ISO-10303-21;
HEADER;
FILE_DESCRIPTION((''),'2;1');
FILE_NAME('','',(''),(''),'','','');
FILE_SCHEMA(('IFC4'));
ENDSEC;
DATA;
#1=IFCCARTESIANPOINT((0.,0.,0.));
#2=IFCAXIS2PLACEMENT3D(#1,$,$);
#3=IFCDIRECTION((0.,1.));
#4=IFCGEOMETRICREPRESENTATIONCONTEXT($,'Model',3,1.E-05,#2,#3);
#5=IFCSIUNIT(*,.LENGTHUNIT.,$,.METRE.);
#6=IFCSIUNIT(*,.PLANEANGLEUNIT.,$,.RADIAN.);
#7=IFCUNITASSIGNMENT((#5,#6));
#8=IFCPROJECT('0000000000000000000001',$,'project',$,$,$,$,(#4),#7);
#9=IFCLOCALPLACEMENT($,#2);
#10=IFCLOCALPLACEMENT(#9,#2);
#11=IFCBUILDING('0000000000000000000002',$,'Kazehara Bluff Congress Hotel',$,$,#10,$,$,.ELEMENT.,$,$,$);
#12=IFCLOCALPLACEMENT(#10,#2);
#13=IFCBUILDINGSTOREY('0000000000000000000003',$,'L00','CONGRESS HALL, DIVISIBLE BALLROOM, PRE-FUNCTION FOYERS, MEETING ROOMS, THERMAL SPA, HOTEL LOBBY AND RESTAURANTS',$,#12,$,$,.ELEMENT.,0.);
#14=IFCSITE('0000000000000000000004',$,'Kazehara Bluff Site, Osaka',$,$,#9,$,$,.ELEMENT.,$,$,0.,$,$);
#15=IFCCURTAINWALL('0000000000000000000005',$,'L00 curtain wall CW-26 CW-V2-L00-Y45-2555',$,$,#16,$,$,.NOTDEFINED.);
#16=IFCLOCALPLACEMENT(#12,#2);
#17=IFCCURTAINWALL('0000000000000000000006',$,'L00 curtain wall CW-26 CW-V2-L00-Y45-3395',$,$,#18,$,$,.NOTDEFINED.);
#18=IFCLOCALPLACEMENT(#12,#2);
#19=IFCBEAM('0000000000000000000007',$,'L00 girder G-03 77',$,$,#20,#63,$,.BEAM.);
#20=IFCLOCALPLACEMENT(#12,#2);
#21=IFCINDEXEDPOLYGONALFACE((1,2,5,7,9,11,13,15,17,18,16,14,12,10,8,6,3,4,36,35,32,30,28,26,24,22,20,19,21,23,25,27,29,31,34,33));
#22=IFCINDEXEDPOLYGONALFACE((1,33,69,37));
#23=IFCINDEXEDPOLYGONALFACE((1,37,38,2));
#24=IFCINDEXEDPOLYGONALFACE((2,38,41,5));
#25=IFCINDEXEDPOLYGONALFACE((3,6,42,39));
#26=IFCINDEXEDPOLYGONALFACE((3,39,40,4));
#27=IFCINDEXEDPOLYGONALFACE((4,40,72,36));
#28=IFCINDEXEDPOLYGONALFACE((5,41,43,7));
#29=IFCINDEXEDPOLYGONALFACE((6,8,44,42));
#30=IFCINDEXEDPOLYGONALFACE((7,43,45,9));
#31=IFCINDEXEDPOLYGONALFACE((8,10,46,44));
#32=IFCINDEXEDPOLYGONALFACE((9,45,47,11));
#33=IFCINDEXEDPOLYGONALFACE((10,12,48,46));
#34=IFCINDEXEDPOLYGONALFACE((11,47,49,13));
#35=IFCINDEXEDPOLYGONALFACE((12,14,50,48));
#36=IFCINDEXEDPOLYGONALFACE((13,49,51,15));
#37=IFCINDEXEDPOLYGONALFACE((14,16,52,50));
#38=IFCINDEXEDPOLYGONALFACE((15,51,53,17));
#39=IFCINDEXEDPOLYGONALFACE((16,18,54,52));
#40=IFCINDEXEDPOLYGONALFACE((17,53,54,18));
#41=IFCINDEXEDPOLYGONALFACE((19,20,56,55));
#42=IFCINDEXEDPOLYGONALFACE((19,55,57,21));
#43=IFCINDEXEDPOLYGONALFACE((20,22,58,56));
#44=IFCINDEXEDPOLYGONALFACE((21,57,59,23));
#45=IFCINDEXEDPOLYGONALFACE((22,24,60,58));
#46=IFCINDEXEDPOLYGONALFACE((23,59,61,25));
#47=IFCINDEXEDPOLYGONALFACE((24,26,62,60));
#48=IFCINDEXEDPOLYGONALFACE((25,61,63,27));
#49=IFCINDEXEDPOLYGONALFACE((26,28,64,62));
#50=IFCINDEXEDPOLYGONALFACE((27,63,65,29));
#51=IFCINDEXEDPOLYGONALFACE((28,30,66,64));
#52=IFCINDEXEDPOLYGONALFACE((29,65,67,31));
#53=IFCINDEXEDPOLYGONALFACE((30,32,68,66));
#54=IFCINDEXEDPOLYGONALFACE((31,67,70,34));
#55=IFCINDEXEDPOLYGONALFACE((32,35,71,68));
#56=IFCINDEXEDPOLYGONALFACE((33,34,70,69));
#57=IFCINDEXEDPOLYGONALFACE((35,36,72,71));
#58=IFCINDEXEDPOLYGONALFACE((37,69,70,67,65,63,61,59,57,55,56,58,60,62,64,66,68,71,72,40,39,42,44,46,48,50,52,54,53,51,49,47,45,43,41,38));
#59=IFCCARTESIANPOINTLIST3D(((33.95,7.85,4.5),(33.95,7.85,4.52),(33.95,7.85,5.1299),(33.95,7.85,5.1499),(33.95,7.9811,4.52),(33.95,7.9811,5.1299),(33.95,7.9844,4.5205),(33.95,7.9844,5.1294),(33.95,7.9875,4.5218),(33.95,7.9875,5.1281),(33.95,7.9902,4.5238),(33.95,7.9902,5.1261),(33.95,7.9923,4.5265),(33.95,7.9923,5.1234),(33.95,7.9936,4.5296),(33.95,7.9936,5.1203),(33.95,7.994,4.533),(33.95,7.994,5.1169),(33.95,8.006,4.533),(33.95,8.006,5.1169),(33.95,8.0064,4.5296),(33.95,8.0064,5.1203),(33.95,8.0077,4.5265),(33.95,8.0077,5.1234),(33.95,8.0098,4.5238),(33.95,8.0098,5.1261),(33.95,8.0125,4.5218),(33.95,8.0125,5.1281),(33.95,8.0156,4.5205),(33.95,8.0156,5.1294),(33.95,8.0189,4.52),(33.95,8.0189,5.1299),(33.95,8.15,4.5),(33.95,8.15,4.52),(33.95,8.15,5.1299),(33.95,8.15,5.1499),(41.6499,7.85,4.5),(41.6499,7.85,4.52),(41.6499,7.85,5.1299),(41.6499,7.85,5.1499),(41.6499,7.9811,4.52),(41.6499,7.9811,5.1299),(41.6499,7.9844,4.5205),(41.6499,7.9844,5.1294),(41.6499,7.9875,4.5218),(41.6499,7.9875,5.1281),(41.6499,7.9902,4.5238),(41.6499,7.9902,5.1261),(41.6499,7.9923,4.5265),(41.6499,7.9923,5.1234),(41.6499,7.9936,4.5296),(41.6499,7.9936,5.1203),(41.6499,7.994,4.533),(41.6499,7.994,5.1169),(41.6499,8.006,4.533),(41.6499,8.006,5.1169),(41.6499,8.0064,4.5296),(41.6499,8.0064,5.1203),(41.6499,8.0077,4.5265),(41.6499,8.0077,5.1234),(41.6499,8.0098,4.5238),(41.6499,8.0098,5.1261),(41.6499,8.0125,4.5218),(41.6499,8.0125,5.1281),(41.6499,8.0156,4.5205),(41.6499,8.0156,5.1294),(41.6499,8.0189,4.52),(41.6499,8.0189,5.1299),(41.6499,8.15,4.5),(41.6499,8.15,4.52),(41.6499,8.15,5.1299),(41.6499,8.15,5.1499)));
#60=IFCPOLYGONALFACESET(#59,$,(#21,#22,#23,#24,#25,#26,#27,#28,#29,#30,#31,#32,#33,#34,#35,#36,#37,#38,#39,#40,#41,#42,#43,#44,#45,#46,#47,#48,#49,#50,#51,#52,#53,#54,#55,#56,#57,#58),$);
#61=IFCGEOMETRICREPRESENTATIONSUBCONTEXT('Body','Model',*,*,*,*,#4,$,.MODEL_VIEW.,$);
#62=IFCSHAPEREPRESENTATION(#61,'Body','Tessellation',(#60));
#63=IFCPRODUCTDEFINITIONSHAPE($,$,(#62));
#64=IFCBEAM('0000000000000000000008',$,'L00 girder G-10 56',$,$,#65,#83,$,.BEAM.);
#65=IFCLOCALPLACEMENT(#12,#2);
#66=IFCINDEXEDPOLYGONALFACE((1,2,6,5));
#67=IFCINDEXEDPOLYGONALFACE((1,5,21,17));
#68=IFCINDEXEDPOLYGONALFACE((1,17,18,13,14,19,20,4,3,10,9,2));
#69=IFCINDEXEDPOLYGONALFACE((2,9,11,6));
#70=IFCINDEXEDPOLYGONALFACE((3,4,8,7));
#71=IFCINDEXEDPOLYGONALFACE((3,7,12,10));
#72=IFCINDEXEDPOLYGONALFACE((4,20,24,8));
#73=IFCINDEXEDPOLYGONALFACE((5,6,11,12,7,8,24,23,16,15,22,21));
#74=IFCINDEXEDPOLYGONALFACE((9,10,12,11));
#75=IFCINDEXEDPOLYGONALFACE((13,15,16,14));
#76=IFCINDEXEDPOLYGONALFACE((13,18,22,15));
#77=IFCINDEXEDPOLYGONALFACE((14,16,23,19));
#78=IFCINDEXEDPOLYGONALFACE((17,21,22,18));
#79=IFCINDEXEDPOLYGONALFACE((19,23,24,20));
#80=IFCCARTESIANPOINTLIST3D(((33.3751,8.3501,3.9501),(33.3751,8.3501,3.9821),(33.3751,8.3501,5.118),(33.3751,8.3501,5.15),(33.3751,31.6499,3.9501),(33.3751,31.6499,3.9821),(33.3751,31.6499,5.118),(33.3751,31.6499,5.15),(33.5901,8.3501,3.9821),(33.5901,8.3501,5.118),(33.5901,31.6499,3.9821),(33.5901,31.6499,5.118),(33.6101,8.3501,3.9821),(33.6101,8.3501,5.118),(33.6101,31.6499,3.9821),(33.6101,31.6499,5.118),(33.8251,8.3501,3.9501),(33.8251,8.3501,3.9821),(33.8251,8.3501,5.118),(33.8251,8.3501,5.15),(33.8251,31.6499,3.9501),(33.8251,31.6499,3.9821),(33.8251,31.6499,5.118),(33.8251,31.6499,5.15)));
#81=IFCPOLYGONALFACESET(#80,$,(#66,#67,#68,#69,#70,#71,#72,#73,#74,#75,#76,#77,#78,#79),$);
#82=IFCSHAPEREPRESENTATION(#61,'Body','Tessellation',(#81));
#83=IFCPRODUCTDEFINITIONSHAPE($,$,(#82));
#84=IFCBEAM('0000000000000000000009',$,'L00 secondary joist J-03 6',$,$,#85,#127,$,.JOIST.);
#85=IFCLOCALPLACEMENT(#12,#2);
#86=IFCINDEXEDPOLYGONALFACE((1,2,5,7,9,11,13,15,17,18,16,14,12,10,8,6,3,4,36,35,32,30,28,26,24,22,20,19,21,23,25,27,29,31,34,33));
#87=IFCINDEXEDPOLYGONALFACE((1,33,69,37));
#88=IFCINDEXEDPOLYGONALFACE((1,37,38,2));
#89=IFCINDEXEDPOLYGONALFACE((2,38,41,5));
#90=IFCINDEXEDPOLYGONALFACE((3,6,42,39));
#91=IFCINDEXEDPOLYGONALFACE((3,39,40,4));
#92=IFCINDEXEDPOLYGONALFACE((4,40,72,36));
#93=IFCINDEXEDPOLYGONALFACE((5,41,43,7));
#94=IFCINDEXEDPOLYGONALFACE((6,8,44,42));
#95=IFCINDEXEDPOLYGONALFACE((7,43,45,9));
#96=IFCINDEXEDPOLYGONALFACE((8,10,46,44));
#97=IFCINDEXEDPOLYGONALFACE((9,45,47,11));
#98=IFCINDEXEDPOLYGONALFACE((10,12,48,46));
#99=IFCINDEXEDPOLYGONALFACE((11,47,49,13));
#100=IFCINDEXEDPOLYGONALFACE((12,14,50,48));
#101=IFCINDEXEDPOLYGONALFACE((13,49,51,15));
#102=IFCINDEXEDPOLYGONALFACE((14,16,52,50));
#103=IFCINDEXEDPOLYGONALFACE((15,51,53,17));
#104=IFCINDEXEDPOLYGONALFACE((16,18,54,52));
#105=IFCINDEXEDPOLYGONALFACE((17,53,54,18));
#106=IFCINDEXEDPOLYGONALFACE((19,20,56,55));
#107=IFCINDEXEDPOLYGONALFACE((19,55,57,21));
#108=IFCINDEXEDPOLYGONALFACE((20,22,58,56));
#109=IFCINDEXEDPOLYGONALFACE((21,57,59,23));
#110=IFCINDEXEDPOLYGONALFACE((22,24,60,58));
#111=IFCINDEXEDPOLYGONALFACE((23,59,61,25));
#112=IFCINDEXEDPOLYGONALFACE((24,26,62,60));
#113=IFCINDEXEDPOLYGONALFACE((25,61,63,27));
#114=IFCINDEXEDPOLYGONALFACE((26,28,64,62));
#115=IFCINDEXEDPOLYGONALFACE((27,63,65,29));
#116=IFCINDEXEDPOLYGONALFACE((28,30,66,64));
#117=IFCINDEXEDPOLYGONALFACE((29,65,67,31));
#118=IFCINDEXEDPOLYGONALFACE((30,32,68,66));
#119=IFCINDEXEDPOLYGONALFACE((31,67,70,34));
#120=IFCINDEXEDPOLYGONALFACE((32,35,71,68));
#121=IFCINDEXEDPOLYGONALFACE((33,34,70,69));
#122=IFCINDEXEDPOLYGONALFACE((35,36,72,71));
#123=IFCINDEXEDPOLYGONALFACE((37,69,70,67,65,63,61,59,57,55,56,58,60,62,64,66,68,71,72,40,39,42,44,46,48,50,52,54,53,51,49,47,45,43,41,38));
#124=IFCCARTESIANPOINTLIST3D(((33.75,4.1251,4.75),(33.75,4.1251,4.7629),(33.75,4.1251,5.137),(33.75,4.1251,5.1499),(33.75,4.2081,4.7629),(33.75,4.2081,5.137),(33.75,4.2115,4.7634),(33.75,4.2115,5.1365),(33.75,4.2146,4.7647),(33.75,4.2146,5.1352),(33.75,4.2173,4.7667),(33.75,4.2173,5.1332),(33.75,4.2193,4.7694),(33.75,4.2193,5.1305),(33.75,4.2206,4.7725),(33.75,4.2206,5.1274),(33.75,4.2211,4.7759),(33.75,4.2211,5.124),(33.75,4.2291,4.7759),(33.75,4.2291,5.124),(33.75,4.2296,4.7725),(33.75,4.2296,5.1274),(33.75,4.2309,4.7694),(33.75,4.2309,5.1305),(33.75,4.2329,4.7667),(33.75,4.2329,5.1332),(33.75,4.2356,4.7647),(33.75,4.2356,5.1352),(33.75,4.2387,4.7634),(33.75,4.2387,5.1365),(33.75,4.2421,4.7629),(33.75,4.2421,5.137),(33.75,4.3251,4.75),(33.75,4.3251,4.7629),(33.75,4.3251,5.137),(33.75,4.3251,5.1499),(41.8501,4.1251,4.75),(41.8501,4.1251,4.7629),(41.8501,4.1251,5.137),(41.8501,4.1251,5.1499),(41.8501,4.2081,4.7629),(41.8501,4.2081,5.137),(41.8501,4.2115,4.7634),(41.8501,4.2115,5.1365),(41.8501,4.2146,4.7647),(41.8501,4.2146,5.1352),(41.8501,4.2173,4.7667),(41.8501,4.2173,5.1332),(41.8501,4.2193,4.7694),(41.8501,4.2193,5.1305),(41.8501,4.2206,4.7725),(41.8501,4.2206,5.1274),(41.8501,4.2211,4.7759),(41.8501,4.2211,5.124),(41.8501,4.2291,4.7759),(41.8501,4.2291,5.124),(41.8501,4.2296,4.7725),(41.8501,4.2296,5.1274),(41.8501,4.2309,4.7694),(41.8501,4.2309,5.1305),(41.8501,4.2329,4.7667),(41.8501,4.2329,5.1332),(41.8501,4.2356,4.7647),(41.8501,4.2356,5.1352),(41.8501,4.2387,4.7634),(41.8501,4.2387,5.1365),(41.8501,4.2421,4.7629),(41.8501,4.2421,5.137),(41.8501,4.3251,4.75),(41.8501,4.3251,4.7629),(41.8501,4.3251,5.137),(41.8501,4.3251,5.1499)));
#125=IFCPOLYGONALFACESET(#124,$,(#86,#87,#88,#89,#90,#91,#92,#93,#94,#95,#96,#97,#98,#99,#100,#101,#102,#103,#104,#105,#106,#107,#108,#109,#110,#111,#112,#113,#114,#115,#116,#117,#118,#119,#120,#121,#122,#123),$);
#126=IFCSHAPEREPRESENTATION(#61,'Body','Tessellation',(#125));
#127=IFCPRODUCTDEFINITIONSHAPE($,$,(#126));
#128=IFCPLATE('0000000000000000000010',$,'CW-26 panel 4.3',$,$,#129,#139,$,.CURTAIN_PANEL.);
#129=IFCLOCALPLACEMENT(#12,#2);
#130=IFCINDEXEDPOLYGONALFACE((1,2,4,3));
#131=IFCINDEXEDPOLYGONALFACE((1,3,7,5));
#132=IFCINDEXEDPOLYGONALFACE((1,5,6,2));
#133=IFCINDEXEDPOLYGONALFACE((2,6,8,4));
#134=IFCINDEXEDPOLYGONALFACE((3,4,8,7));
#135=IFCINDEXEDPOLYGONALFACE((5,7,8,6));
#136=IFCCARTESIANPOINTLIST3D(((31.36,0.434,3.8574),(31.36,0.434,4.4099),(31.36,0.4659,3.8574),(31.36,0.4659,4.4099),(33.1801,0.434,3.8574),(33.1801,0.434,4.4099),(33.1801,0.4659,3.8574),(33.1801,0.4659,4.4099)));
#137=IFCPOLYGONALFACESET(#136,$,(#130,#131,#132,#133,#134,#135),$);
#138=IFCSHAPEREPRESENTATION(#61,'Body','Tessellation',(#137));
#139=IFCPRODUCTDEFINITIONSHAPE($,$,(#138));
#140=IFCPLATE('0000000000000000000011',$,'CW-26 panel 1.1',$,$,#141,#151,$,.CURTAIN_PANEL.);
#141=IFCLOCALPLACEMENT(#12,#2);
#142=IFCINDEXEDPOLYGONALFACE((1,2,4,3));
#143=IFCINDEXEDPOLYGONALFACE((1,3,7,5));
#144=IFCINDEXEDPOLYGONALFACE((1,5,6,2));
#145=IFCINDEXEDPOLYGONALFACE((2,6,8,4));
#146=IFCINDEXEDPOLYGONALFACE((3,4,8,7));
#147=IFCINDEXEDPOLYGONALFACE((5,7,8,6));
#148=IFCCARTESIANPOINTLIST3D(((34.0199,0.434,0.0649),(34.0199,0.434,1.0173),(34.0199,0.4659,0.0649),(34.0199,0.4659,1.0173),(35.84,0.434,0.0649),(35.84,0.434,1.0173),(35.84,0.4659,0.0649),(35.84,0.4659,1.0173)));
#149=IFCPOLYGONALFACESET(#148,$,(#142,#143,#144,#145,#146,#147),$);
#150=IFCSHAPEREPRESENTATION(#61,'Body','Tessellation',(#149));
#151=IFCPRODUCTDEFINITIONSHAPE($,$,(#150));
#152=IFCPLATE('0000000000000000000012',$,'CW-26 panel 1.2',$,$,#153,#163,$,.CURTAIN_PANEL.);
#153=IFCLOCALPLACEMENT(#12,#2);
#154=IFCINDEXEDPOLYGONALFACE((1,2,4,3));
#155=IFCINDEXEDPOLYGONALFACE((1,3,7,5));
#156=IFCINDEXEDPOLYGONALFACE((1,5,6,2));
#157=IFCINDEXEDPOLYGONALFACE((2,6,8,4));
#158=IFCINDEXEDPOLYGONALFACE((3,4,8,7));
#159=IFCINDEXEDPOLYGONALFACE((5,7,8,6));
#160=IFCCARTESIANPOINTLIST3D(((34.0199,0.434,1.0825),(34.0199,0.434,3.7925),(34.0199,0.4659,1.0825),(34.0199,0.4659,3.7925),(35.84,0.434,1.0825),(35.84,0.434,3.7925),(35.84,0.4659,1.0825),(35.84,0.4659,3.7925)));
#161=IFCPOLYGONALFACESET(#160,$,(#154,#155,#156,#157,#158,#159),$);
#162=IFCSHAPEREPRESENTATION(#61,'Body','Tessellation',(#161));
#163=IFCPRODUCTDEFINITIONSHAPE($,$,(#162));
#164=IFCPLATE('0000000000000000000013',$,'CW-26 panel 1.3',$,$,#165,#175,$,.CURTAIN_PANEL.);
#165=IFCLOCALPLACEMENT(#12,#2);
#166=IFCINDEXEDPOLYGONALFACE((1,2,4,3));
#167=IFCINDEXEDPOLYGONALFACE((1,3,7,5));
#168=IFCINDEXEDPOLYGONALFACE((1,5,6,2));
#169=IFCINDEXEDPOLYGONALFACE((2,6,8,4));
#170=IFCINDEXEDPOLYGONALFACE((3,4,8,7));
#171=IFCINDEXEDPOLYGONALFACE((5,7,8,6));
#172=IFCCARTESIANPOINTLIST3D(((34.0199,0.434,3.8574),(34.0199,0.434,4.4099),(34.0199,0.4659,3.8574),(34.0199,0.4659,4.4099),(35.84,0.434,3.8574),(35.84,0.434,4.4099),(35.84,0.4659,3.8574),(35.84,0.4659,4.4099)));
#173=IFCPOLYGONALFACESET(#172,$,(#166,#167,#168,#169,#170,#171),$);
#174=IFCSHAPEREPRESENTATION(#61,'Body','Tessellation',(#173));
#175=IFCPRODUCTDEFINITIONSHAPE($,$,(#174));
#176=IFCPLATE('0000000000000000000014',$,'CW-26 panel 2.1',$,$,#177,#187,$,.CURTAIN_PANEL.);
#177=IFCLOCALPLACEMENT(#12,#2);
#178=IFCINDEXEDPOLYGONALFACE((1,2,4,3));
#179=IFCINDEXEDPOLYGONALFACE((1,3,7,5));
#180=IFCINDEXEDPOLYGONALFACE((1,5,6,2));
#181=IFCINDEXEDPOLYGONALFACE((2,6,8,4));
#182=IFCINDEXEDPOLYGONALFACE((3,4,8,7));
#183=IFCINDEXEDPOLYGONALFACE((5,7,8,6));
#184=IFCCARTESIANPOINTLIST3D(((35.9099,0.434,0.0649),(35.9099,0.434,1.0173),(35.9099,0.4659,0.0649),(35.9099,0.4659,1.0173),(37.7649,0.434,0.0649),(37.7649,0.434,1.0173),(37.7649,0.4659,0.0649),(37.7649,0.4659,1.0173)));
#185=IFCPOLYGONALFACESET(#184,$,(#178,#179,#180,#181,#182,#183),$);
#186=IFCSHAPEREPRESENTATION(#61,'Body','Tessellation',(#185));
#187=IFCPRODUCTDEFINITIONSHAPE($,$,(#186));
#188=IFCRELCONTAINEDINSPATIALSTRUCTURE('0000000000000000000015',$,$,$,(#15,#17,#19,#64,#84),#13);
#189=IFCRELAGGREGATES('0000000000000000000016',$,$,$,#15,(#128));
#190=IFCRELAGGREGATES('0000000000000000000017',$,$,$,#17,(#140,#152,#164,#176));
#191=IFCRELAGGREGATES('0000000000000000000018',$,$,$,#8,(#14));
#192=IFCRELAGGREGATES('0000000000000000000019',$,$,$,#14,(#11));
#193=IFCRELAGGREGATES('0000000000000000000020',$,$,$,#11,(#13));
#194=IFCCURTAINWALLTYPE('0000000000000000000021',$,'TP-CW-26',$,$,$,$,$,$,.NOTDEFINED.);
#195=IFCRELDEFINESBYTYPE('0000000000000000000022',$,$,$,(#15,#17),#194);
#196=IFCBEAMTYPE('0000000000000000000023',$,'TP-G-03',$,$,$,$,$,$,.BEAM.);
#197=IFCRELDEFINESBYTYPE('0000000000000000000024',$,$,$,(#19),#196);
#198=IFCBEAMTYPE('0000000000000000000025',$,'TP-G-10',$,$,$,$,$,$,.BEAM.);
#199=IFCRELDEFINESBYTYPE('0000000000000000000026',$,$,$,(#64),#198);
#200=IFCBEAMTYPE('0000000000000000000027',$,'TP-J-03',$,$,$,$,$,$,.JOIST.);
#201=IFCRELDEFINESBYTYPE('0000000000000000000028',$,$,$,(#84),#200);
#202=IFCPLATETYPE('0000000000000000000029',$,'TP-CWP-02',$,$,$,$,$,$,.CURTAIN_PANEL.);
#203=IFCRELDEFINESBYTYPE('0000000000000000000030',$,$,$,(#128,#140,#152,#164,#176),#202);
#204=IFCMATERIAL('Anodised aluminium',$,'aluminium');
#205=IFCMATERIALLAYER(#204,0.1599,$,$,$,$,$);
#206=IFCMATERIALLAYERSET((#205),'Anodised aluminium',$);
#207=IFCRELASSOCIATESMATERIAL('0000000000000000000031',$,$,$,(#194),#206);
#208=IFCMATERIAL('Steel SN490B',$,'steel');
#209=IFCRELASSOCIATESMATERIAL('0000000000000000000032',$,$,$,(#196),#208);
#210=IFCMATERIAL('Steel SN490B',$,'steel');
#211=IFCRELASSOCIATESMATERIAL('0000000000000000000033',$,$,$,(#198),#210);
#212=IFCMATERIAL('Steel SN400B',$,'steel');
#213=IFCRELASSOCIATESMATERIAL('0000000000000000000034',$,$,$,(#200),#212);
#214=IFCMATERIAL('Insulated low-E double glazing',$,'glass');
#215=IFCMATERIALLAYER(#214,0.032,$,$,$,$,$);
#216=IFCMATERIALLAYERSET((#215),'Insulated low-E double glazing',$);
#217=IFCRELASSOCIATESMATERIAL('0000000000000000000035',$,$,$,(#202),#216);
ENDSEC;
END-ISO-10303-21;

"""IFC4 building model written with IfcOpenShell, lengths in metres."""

from ifc_helpers import new_model, si_unit, direction, frame, origin, origin_2d, place, context, subcontext, project, spatial, rectangle, i_section, extrude, material, layer, layer_set, material_profile, profile_set, type_object, element, aggregate, save


model = new_model("IFC4")

# Units and contexts
model_context = context("Model", 3, precision=1e-05, world=origin(), true_north=direction((0.0, 1.0)))
body_context = subcontext(model_context, "Body", "Model", "MODEL_VIEW")
ifc_project = project(units=[si_unit("LENGTHUNIT", "METRE"), si_unit("PLANEANGLEUNIT", "RADIAN")], contexts=[model_context])

# Site, building, storey
site_placement = place(None, origin())
site = spatial("IfcSite", under=ifc_project, at=site_placement, Name="Kazehara Bluff Site, Osaka", CompositionType="ELEMENT", RefElevation=0.0)
building_placement = place(site_placement, origin())
building = spatial("IfcBuilding", under=site, at=building_placement, Name="Kazehara Bluff Congress Hotel", CompositionType="ELEMENT")
storey_placement = place(building_placement, origin())
storey = spatial("IfcBuildingStorey", under=building, at=storey_placement, Name="L00", Description="CONGRESS HALL, DIVISIBLE BALLROOM, PRE-FUNCTION FOYERS, MEETING ROOMS, THERMAL SPA, HOTEL LOBBY AND RESTAURANTS", CompositionType="ELEMENT", Elevation=0.0)

# Curtain wall
ifc_material_1 = material(Name="Anodised aluminium", Category="aluminium")
ifc_layer_1 = layer(ifc_material_1, 0.1599)
ifc_layer_set_1 = layer_set([ifc_layer_1], Name="Anodised aluminium")
curtain_wall_type = type_object("IfcCurtainWallType", Name="TP-CW-26", PredefinedType="NOTDEFINED", material=ifc_layer_set_1)
curtain_wall_1_placement = place(storey_placement, origin())
curtain_wall_1 = element("IfcCurtainWall", 1, at=curtain_wall_1_placement, inside=storey, type_object=curtain_wall_type, Name="L00 curtain wall CW-26 CW-V2-L00-Y45-2555", PredefinedType="NOTDEFINED")

# Curtain wall
curtain_wall_2_placement = place(storey_placement, origin())
curtain_wall_2 = element("IfcCurtainWall", 2, at=curtain_wall_2_placement, inside=storey, type_object=curtain_wall_type, Name="L00 curtain wall CW-26 CW-V2-L00-Y45-3395", PredefinedType="NOTDEFINED")

# Beams
ifc_material_2 = material(Name="Steel SN490B", Category="steel")
ifc_material_profile_1 = material_profile(ifc_material_2, i_section(OverallWidth=0.3, OverallDepth=0.6499, WebThickness=0.012, FlangeThickness=0.02, FilletRadius=0.0129, at=origin_2d()))
ifc_profile_set_1 = profile_set([ifc_material_profile_1], Name="Steel SN490B")
beam_type_1 = type_object("IfcBeamType", Name="TP-G-03", PredefinedType="BEAM", material=ifc_profile_set_1)
for number, where, z_axis, x_axis, name in (
    (3, (33.95, 8.0, 4.825), (1.0, 0.0, 0.0), (0.0, 1.0, 0.0), "L00 girder G-03 77"),
):
    element("IfcBeam", number, at=place(storey_placement, frame(where, z_axis=z_axis, x_axis=x_axis)), inside=storey, type_object=beam_type_1, Name=name, PredefinedType="BEAM", context=body_context, shape_type="SweptSolid", body=[
        extrude(i_section(OverallWidth=0.3, OverallDepth=0.6499, WebThickness=0.012, FlangeThickness=0.02, FilletRadius=0.0129, at=origin_2d()), origin(), (0.0, 0.0, 1.0), 7.7),
    ])
ifc_material_3 = material(Name="Steel SN490B", Category="steel")
ifc_material_profile_2 = material_profile(ifc_material_3, i_section(OverallWidth=0.45, OverallDepth=1.2, WebThickness=0.02, FlangeThickness=0.032, at=origin_2d()))
ifc_profile_set_2 = profile_set([ifc_material_profile_2], Name="Steel SN490B")
beam_type_2 = type_object("IfcBeamType", Name="TP-G-10", PredefinedType="BEAM", material=ifc_profile_set_2)
beam_1_placement = place(storey_placement, frame((33.6001, 8.3501, 4.55), z_axis=(0.0, 1.0, 0.0), x_axis=(-1.0, 0.0, 0.0)))
element("IfcBeam", 4, at=beam_1_placement, inside=storey, type_object=beam_type_2, Name="L00 girder G-10 56", PredefinedType="BEAM", context=body_context, shape_type="SweptSolid", body=[
    extrude(i_section(OverallWidth=0.45, OverallDepth=1.2, WebThickness=0.02, FlangeThickness=0.032, at=origin_2d()), origin(), (0.0, 0.0, 1.0), 23.2998),
])
ifc_material_4 = material(Name="Steel SN400B", Category="steel")
ifc_material_profile_3 = material_profile(ifc_material_4, i_section(OverallWidth=0.2, OverallDepth=0.3999, WebThickness=0.0081, FlangeThickness=0.0129, FilletRadius=0.0129, at=origin_2d()))
ifc_profile_set_3 = profile_set([ifc_material_profile_3], Name="Steel SN400B")
beam_type_3 = type_object("IfcBeamType", Name="TP-J-03", PredefinedType="JOIST", material=ifc_profile_set_3)
beam_2_placement = place(storey_placement, frame((33.75, 4.2251, 4.95), z_axis=(1.0, 0.0, 0.0), x_axis=(0.0, 1.0, 0.0)))
element("IfcBeam", 5, at=beam_2_placement, inside=storey, type_object=beam_type_3, Name="L00 secondary joist J-03 6", PredefinedType="JOIST", context=body_context, shape_type="SweptSolid", body=[
    extrude(i_section(OverallWidth=0.2, OverallDepth=0.3999, WebThickness=0.0081, FlangeThickness=0.0129, FilletRadius=0.0129, at=origin_2d()), origin(), (0.0, 0.0, 1.0), 8.1001),
])

# Plates
ifc_material_5 = material(Name="Insulated low-E double glazing", Category="glass")
ifc_layer_2 = layer(ifc_material_5, 0.032)
ifc_layer_set_2 = layer_set([ifc_layer_2], Name="Insulated low-E double glazing")
plate_type = type_object("IfcPlateType", Name="TP-CWP-02", PredefinedType="CURTAIN_PANEL", material=ifc_layer_set_2)
plate_1_placement = place(storey_placement, frame((32.27, 0.45, 3.8574), z_axis=(0.0, 0.0, 1.0), x_axis=(1.0, 0.0, 0.0)))
plate_1 = element("IfcPlate", 6, at=plate_1_placement, type_object=plate_type, Name="CW-26 panel 4.3", PredefinedType="CURTAIN_PANEL", context=body_context, shape_type="SweptSolid", body=[
    extrude(rectangle(XDim=1.8201, YDim=0.032, at=origin_2d()), origin(), (0.0, 0.0, 1.0), 0.5525),
])
aggregate(curtain_wall_1, [plate_1])
plate_2_placement = place(storey_placement, frame((34.9299, 0.45, 0.0649), z_axis=(0.0, 0.0, 1.0), x_axis=(1.0, 0.0, 0.0)))
plate_2 = element("IfcPlate", 7, at=plate_2_placement, type_object=plate_type, Name="CW-26 panel 1.1", PredefinedType="CURTAIN_PANEL", context=body_context, shape_type="SweptSolid", body=[
    extrude(rectangle(XDim=1.8201, YDim=0.032, at=origin_2d()), origin(), (0.0, 0.0, 1.0), 0.9524),
])
plate_3_placement = place(storey_placement, frame((34.9299, 0.45, 1.0825), z_axis=(0.0, 0.0, 1.0), x_axis=(1.0, 0.0, 0.0)))
plate_3 = element("IfcPlate", 8, at=plate_3_placement, type_object=plate_type, Name="CW-26 panel 1.2", PredefinedType="CURTAIN_PANEL", context=body_context, shape_type="SweptSolid", body=[
    extrude(rectangle(XDim=1.8201, YDim=0.032, at=origin_2d()), origin(), (0.0, 0.0, 1.0), 2.71),
])
plate_4_placement = place(storey_placement, frame((34.9299, 0.45, 3.8574), z_axis=(0.0, 0.0, 1.0), x_axis=(1.0, 0.0, 0.0)))
plate_4 = element("IfcPlate", 9, at=plate_4_placement, type_object=plate_type, Name="CW-26 panel 1.3", PredefinedType="CURTAIN_PANEL", context=body_context, shape_type="SweptSolid", body=[
    extrude(rectangle(XDim=1.8201, YDim=0.032, at=origin_2d()), origin(), (0.0, 0.0, 1.0), 0.5525),
])
plate_5_placement = place(storey_placement, frame((36.8374, 0.45, 0.0649), z_axis=(0.0, 0.0, 1.0), x_axis=(1.0, 0.0, 0.0)))
plate_5 = element("IfcPlate", 10, at=plate_5_placement, type_object=plate_type, Name="CW-26 panel 2.1", PredefinedType="CURTAIN_PANEL", context=body_context, shape_type="SweptSolid", body=[
    extrude(rectangle(XDim=1.855, YDim=0.032, at=origin_2d()), origin(), (0.0, 0.0, 1.0), 0.9524),
])
aggregate(curtain_wall_2, [plate_2, plate_3, plate_4, plate_5])

save(model, "model.ifc")
